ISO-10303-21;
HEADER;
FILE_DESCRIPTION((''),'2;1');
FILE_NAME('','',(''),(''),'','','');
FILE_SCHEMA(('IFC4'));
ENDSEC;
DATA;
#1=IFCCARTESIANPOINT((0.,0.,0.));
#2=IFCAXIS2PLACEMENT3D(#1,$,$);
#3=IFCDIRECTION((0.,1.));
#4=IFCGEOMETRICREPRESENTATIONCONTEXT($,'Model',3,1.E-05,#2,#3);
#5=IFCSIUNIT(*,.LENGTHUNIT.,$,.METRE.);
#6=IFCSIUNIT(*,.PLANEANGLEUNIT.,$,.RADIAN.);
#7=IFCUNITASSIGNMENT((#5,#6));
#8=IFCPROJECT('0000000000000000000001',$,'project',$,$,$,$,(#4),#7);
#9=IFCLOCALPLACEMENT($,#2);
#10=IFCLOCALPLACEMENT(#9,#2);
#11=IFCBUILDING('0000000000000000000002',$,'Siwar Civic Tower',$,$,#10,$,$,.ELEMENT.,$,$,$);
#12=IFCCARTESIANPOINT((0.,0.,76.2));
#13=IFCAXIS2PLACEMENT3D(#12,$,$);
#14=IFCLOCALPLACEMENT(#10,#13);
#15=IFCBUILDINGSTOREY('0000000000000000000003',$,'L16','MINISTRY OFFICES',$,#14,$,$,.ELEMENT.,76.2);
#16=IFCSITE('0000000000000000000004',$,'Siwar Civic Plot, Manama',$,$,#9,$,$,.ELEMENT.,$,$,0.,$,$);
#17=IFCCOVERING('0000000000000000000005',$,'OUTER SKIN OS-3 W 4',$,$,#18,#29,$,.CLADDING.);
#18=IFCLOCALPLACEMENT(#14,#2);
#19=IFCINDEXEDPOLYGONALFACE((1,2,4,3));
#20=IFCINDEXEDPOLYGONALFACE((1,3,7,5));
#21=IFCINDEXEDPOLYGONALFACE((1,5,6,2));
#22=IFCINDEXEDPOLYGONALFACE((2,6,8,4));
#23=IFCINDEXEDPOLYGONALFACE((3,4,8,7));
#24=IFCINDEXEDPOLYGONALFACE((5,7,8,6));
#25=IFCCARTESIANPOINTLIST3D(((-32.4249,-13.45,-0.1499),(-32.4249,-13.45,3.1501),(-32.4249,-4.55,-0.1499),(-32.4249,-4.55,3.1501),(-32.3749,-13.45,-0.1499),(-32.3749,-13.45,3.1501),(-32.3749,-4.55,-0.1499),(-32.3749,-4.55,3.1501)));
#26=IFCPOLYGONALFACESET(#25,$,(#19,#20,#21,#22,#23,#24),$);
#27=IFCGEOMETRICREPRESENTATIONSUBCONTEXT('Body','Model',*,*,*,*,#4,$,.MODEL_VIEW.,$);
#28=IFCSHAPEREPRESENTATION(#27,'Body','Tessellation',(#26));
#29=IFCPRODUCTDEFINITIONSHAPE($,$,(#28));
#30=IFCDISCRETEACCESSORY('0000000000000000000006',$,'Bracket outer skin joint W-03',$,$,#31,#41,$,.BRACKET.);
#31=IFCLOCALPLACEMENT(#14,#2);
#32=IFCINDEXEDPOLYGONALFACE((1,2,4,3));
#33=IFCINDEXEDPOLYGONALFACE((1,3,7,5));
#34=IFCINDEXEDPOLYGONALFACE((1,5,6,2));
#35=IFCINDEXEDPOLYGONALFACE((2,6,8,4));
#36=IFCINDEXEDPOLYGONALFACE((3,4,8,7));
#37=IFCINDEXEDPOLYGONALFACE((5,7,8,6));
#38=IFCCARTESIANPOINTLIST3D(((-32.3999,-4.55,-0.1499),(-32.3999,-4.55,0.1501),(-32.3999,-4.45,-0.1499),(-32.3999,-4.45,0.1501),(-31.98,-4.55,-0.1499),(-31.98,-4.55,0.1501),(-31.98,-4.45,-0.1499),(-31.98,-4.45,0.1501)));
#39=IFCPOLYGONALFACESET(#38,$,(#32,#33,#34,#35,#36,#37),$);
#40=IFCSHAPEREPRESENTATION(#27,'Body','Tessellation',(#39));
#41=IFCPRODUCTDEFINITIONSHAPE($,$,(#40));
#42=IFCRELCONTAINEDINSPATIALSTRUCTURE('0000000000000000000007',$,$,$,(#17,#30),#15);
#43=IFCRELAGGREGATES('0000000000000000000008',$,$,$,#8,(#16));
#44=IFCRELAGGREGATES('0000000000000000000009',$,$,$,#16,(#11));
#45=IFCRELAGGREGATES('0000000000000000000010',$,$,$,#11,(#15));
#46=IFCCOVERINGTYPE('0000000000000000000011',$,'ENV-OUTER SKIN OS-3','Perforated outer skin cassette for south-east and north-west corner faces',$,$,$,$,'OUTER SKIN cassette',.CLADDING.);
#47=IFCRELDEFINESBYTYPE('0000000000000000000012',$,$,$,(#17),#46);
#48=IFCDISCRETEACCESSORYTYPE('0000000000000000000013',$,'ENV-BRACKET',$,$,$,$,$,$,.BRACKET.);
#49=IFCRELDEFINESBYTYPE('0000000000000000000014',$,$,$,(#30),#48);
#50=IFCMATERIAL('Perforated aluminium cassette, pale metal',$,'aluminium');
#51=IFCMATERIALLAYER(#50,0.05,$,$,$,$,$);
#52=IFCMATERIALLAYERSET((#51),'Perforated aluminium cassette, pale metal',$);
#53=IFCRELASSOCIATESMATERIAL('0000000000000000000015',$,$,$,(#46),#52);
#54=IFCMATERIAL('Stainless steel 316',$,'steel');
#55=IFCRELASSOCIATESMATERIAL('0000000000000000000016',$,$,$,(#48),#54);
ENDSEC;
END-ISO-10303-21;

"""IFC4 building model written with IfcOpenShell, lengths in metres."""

from ifc_helpers import new_model, si_unit, direction, frame, origin, origin_2d, place, context, subcontext, project, spatial, rectangle, extrude, material, layer, layer_set, type_object, element, save


model = new_model("IFC4")

# Units and contexts
model_context = context("Model", 3, precision=1e-05, world=origin(), true_north=direction((0.0, 1.0)))
body_context = subcontext(model_context, "Body", "Model", "MODEL_VIEW")
ifc_project = project(units=[si_unit("LENGTHUNIT", "METRE"), si_unit("PLANEANGLEUNIT", "RADIAN")], contexts=[model_context])

# Site, building, storey
site_placement = place(None, origin())
site = spatial("IfcSite", under=ifc_project, at=site_placement, Name="Siwar Civic Plot, Manama", CompositionType="ELEMENT", RefElevation=0.0)
building_placement = place(site_placement, origin())
building = spatial("IfcBuilding", under=site, at=building_placement, Name="Siwar Civic Tower", CompositionType="ELEMENT")
storey_placement = place(building_placement, frame((0.0, 0.0, 76.2)))
storey = spatial("IfcBuildingStorey", under=building, at=storey_placement, Name="L16", Description="MINISTRY OFFICES", CompositionType="ELEMENT", Elevation=76.2)

# Covering
ifc_material_1 = material(Name="Perforated aluminium cassette, pale metal", Category="aluminium")
ifc_layer_1 = layer(ifc_material_1, 0.05)
ifc_layer_set_1 = layer_set([ifc_layer_1], Name="Perforated aluminium cassette, pale metal")
covering_type = type_object("IfcCoveringType", Name="ENV-OUTER SKIN OS-3", Description="Perforated outer skin cassette for south-east and north-west corner faces", ElementType="OUTER SKIN cassette", PredefinedType="CLADDING", material=ifc_layer_set_1)
for number, where, z_axis, x_axis, name in (
    (1, (-32.3999, -9.0, -0.1499), (0.0, 0.0, 1.0), (0.0, -1.0, 0.0), "OUTER SKIN OS-3 W 4"),
):
    element("IfcCovering", number, at=place(storey_placement, frame(where, z_axis=z_axis, x_axis=x_axis)), inside=storey, type_object=covering_type, Name=name, PredefinedType="CLADDING", context=body_context, shape_type="SweptSolid", body=[
        extrude(rectangle(XDim=8.8999, YDim=0.05, at=origin_2d()), origin(), (0.0, 0.0, 1.0), 3.3),
    ])

# Discrete accessory
ifc_material_2 = material(Name="Stainless steel 316", Category="steel")
discrete_accessory_type = type_object("IfcDiscreteAccessoryType", Name="ENV-BRACKET", PredefinedType="BRACKET", material=ifc_material_2)
discrete_accessory_placement = place(storey_placement, frame((-32.1899, -4.5, -0.1499), z_axis=(0.0, 0.0, 1.0), x_axis=(-1.0, 0.0, 0.0)))
element("IfcDiscreteAccessory", 2, at=discrete_accessory_placement, inside=storey, type_object=discrete_accessory_type, Name="Bracket outer skin joint W-03", PredefinedType="BRACKET", context=body_context, shape_type="SweptSolid", body=[
    extrude(rectangle(XDim=0.4199, YDim=0.1001, at=origin_2d()), origin(), (0.0, 0.0, 1.0), 0.3),
])

save(model, "model.ifc")
